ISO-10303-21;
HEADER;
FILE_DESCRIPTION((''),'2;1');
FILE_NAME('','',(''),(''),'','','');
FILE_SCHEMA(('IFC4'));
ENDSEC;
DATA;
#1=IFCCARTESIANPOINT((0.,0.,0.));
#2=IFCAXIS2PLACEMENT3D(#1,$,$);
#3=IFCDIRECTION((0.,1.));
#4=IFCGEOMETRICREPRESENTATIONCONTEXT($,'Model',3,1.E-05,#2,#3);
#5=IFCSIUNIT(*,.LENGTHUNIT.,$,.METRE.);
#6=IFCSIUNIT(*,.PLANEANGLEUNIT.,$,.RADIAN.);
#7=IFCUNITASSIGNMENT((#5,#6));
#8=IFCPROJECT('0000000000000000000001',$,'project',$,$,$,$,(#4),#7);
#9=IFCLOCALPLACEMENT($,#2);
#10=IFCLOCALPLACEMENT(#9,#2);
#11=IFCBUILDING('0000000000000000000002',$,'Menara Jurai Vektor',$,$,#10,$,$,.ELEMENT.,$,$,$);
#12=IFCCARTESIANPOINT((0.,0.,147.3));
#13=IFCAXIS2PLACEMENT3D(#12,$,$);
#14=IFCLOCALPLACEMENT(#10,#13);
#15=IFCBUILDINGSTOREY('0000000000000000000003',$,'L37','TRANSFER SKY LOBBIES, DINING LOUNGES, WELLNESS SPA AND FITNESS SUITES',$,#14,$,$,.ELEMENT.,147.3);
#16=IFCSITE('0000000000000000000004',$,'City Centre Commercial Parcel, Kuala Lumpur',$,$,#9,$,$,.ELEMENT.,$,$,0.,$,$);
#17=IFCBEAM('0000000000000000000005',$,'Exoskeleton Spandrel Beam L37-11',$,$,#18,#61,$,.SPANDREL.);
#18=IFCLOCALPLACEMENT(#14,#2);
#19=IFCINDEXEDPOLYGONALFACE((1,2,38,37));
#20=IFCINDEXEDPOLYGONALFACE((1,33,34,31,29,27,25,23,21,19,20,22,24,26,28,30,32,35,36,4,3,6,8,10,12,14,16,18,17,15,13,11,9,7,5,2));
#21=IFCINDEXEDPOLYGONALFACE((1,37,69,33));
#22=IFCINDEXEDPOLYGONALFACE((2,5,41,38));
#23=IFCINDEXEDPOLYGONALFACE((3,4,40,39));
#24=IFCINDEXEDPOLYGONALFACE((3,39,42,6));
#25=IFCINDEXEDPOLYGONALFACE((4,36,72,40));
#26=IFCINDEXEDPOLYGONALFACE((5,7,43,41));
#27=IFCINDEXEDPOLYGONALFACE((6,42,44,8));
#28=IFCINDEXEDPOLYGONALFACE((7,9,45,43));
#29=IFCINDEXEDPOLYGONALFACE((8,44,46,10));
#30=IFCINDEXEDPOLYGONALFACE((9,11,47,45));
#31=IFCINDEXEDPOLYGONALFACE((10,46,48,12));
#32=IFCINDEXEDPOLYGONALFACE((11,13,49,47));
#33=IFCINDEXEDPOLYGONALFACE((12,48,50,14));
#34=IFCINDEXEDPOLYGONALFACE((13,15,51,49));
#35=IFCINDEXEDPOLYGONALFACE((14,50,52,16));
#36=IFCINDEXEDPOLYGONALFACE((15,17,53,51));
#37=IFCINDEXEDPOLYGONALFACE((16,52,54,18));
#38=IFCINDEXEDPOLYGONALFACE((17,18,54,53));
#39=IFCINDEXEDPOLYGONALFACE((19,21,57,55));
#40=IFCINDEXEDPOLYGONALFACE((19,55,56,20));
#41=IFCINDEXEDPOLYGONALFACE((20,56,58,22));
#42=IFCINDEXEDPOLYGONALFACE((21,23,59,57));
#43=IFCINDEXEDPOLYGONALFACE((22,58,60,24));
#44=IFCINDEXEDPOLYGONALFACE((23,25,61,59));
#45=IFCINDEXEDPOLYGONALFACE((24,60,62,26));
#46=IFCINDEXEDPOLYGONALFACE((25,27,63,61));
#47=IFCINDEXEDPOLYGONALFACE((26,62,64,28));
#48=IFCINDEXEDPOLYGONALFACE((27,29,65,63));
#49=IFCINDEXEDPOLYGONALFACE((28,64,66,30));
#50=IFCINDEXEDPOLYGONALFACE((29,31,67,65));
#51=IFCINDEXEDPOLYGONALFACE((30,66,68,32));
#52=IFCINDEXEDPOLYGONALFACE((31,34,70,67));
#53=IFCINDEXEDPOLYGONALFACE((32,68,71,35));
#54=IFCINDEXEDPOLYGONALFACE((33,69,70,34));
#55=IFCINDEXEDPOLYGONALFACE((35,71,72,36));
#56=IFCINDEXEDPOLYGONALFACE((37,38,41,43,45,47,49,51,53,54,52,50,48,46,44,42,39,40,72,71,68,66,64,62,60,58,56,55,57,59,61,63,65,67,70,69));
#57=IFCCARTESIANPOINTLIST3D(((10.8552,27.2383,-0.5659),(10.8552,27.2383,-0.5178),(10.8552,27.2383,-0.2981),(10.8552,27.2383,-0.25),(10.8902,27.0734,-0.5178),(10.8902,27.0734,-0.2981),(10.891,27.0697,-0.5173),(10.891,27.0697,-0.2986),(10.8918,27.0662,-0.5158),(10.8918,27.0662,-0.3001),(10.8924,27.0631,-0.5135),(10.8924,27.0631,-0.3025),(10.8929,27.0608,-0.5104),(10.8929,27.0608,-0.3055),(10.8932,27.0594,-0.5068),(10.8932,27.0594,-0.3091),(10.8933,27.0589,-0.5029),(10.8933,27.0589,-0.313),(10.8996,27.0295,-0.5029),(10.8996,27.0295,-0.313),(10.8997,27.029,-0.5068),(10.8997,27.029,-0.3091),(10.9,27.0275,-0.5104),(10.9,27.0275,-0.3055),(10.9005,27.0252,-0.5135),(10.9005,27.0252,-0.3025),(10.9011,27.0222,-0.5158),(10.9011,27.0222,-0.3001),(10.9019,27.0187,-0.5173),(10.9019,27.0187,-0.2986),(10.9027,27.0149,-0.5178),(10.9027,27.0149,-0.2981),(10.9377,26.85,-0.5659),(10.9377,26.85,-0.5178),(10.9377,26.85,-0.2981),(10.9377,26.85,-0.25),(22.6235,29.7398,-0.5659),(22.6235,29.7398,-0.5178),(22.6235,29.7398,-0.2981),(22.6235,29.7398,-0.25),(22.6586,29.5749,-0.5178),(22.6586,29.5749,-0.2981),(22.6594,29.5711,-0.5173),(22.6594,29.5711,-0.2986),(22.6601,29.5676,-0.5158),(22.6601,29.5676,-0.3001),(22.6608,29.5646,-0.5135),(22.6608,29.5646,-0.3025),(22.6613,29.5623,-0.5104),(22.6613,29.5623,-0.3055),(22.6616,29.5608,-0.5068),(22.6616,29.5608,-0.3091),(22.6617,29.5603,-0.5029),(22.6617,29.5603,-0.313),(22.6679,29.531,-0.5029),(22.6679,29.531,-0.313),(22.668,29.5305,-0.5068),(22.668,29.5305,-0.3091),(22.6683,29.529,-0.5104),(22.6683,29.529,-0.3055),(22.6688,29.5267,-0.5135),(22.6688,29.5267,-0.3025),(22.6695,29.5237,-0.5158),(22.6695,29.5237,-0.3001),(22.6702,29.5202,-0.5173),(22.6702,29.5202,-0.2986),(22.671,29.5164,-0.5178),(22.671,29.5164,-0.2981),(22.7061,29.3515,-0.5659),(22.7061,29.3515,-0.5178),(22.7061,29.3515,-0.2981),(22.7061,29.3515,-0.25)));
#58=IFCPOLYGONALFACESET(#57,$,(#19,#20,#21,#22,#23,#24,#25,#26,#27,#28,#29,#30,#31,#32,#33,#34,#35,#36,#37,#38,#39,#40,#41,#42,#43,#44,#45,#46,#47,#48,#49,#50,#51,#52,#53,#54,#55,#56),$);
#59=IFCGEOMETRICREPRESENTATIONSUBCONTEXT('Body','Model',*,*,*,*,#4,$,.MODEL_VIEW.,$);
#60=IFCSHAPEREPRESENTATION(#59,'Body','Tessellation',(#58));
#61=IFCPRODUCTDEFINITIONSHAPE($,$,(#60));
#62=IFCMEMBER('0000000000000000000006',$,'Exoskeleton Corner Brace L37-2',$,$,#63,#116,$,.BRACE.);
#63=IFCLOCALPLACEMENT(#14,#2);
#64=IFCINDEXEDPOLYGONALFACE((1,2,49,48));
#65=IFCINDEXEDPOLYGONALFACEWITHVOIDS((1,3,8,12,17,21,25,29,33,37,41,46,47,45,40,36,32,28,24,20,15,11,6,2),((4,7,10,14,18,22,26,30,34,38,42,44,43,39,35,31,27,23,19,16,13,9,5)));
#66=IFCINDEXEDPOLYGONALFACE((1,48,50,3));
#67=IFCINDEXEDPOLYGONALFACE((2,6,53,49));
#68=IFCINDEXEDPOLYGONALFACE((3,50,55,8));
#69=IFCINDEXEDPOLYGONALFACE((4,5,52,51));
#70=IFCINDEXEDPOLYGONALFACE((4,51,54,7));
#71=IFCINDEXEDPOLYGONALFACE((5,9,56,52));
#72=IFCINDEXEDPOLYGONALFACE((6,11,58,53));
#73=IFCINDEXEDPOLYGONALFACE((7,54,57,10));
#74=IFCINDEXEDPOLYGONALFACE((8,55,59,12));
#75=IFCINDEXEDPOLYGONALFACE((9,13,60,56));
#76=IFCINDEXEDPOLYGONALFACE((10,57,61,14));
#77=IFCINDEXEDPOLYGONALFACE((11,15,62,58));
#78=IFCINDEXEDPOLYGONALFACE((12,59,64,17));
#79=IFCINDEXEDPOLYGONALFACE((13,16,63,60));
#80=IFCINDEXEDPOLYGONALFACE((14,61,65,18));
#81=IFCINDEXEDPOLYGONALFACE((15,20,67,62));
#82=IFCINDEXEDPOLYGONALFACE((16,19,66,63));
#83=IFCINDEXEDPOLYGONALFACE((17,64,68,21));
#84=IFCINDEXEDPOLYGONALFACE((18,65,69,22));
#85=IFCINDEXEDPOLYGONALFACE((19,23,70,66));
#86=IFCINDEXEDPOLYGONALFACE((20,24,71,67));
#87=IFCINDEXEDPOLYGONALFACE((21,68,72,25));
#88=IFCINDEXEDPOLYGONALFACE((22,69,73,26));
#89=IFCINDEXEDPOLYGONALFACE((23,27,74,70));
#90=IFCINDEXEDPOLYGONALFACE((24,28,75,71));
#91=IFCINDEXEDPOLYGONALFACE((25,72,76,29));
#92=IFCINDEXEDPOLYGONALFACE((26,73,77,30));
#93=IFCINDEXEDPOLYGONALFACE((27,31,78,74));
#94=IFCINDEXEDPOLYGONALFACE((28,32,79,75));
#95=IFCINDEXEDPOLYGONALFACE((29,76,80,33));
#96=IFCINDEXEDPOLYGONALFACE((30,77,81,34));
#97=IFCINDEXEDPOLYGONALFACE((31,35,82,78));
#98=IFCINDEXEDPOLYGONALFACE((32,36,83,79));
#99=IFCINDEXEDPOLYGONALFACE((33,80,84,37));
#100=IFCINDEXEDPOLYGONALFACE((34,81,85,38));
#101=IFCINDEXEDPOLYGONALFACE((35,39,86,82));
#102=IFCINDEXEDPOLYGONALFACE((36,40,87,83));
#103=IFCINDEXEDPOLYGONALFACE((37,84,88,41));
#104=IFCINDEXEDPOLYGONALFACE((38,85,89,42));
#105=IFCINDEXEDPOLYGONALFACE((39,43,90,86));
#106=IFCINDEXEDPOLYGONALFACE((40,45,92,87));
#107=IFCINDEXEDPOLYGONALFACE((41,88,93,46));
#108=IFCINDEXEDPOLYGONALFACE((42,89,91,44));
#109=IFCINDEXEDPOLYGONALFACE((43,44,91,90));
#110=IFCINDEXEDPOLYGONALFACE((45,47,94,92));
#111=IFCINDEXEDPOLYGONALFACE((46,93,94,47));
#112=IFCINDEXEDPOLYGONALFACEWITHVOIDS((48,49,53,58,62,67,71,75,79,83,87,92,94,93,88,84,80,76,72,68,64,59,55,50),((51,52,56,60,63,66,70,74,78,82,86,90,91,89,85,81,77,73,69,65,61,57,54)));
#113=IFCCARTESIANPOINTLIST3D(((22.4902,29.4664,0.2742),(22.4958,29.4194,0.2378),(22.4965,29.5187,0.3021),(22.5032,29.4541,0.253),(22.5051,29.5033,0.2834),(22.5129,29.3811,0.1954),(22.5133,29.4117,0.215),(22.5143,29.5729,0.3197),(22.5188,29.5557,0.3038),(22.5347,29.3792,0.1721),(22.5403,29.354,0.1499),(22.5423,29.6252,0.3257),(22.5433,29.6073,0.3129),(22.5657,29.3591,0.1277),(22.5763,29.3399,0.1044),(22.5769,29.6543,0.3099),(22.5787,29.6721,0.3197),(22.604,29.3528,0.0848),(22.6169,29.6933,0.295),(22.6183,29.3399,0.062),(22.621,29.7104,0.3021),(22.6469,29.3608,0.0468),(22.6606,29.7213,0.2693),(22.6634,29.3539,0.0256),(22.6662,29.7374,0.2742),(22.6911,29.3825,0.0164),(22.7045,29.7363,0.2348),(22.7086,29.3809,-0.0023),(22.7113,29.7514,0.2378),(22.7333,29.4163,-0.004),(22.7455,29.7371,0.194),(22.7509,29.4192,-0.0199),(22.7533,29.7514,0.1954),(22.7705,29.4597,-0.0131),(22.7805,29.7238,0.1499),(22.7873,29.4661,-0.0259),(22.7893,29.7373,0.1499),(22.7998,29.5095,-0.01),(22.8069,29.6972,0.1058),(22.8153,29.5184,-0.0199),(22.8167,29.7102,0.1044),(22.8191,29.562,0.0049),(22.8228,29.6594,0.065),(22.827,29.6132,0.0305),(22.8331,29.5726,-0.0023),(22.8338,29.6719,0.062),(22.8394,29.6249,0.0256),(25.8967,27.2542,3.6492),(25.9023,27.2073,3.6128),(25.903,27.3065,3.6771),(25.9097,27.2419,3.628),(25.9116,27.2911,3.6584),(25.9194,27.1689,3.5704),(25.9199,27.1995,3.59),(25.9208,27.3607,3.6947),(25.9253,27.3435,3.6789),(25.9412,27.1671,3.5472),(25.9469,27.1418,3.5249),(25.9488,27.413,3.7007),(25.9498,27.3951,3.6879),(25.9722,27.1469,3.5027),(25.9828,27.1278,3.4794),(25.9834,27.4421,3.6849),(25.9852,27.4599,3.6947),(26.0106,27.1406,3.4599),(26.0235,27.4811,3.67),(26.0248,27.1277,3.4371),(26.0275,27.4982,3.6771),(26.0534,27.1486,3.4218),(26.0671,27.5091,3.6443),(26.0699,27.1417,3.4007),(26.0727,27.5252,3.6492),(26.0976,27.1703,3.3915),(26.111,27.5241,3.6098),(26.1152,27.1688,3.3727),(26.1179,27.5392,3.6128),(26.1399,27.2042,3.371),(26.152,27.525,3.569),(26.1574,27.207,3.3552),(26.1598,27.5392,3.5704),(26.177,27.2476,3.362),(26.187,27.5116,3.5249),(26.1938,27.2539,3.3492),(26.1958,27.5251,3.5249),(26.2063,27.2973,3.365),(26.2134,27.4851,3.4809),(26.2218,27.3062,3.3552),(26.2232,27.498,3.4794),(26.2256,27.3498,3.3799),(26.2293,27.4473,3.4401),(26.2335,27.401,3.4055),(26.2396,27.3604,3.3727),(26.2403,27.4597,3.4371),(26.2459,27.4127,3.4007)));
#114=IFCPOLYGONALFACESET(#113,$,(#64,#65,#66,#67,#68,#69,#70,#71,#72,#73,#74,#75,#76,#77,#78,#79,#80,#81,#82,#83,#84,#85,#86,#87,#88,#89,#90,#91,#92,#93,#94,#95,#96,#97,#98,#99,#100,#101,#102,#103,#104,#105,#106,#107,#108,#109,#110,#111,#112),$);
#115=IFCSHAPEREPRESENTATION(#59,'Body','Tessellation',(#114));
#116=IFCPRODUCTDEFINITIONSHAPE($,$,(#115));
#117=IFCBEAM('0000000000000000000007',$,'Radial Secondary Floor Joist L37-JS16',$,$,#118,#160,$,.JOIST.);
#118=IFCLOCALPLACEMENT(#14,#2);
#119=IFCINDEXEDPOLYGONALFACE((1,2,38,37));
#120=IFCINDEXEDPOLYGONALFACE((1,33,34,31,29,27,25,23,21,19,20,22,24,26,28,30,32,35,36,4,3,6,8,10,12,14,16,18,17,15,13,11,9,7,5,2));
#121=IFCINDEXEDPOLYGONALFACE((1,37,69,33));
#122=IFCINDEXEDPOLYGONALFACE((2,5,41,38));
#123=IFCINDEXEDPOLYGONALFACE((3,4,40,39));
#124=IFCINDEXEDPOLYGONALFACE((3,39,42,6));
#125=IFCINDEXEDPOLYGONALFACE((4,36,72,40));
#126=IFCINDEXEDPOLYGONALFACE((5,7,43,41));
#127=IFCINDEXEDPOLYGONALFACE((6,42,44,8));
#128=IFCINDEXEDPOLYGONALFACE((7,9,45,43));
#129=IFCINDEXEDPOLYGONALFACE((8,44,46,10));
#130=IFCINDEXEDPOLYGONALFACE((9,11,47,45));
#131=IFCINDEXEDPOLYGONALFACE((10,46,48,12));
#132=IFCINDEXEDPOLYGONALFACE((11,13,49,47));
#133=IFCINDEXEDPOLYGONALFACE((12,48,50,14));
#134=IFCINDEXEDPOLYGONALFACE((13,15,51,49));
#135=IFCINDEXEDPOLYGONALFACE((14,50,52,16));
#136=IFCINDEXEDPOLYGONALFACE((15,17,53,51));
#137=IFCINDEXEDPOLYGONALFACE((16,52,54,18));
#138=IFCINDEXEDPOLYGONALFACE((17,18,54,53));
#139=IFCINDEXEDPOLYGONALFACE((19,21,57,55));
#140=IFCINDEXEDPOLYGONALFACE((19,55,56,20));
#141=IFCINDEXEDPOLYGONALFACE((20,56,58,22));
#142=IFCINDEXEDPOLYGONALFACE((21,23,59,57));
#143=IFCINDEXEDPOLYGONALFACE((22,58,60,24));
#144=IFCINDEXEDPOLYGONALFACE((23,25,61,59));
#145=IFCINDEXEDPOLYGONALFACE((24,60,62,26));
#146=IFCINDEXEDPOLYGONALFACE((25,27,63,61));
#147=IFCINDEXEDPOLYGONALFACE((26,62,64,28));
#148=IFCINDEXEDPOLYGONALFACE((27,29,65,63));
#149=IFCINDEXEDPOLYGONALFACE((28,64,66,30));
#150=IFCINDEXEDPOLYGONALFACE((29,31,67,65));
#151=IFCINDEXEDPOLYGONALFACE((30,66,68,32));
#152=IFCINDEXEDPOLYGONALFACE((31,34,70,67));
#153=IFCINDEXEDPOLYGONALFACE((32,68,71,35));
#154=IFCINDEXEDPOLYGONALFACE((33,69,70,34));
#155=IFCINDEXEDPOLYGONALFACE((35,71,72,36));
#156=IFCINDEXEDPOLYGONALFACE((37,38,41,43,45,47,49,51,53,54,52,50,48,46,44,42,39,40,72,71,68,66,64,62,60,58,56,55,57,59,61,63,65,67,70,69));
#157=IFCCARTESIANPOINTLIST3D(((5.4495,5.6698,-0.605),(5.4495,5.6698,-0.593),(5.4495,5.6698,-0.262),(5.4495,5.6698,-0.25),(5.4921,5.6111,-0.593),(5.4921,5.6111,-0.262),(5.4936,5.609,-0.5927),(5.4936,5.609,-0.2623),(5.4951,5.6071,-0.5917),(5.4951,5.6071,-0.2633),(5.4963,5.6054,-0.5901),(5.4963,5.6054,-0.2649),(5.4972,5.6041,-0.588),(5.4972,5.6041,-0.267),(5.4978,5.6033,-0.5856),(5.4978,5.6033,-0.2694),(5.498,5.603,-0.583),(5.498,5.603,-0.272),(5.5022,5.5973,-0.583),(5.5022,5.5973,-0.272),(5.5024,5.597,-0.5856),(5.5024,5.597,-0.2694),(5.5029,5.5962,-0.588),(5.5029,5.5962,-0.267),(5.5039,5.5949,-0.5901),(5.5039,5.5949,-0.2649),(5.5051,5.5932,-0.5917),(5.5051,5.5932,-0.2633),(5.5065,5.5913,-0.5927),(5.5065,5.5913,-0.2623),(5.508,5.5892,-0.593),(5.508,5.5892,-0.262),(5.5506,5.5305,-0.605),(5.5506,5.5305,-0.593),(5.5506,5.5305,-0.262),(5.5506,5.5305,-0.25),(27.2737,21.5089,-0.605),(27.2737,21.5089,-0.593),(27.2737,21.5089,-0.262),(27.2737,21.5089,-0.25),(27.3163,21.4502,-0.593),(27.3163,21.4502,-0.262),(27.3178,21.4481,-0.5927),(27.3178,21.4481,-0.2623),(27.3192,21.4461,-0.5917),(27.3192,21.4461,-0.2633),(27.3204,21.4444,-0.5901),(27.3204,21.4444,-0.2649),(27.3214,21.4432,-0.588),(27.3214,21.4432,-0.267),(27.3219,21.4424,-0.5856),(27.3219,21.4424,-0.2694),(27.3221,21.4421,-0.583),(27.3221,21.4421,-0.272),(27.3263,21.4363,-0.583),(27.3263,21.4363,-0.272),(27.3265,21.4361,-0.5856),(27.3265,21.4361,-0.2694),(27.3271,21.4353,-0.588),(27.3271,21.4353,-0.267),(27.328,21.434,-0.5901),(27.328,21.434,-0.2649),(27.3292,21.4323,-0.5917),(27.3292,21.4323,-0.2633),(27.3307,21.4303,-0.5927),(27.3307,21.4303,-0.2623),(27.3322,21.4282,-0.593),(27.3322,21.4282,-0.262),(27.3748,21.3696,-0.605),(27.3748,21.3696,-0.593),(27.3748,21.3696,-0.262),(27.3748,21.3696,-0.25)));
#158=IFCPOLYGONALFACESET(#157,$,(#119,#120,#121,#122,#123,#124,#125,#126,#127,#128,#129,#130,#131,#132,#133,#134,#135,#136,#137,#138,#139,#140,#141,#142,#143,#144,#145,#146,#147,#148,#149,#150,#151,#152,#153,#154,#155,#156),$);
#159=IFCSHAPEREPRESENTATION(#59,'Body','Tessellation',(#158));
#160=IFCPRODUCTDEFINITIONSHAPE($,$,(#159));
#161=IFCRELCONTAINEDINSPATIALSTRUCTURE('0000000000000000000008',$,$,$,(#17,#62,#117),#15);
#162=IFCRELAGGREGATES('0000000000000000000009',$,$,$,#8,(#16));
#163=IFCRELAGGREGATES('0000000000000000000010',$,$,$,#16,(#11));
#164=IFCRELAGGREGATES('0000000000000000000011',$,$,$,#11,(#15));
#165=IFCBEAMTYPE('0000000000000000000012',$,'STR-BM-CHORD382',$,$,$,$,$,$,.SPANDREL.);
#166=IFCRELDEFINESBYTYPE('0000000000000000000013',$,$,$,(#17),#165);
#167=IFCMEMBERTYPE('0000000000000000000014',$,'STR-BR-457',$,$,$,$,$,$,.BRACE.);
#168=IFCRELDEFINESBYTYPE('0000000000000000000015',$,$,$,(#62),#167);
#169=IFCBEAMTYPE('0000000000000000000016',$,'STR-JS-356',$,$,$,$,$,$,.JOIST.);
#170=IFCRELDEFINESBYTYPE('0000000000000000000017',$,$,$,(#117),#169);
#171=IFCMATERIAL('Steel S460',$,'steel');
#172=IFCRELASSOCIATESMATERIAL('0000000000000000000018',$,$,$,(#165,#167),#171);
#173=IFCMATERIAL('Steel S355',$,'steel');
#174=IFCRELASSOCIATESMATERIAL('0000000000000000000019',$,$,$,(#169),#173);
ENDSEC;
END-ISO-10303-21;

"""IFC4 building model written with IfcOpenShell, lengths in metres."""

from ifc_helpers import new_model, si_unit, direction, frame, origin, origin_2d, place, context, subcontext, project, spatial, hollow_circle, i_section, extrude, material, material_profile, profile_set, type_object, element, save


model = new_model("IFC4")

# Units and contexts
model_context = context("Model", 3, precision=1e-05, world=origin(), true_north=direction((0.0, 1.0)))
body_context = subcontext(model_context, "Body", "Model", "MODEL_VIEW")
ifc_project = project(units=[si_unit("LENGTHUNIT", "METRE"), si_unit("PLANEANGLEUNIT", "RADIAN")], contexts=[model_context])

# Site, building, storey
site_placement = place(None, origin())
site = spatial("IfcSite", under=ifc_project, at=site_placement, Name="City Centre Commercial Parcel, Kuala Lumpur", CompositionType="ELEMENT", RefElevation=0.0)
building_placement = place(site_placement, origin())
building = spatial("IfcBuilding", under=site, at=building_placement, Name="Menara Jurai Vektor", CompositionType="ELEMENT")
storey_placement = place(building_placement, frame((0.0, 0.0, 147.3)))
storey = spatial("IfcBuildingStorey", under=building, at=storey_placement, Name="L37", Description="TRANSFER SKY LOBBIES, DINING LOUNGES, WELLNESS SPA AND FITNESS SUITES", CompositionType="ELEMENT", Elevation=147.3)

# Shared definitions
ifc_material_1 = material(Name="Steel S460", Category="steel")

# Beam
ifc_material_2 = material(Name="Steel S355", Category="steel")
ifc_material_profile_1 = material_profile(ifc_material_1, i_section(OverallWidth=0.397, OverallDepth=0.3159, WebThickness=0.03, FlangeThickness=0.0481, FilletRadius=0.0149, at=origin_2d()), Name="HD 400x382")
ifc_profile_set_1 = profile_set([ifc_material_profile_1], Name="Steel S460")
beam_type_1 = type_object("IfcBeamType", Name="STR-BM-CHORD382", PredefinedType="SPANDREL", material=ifc_profile_set_1)
beam_1_placement = place(storey_placement, frame((22.6648, 29.5457, -0.408), z_axis=(-0.978147, -0.207914, 0.0), x_axis=(0.207914, -0.978147, 0.0)))
element("IfcBeam", 1, at=beam_1_placement, inside=storey, type_object=beam_type_1, Name="Exoskeleton Spandrel Beam L37-11", PredefinedType="SPANDREL", context=body_context, shape_type="SweptSolid", body=[
    extrude(i_section(OverallWidth=0.397, OverallDepth=0.3159, WebThickness=0.03, FlangeThickness=0.0481, FilletRadius=0.0149, at=origin_2d()), origin(), (0.0, 0.0, 1.0), 12.0312),
])

# Member
ifc_material_profile_2 = material_profile(ifc_material_1, hollow_circle(Radius=0.2285, WallThickness=0.0161, at=origin_2d()), Name="CHS 457x16")
ifc_profile_set_2 = profile_set([ifc_material_profile_2], Name="Steel S460")
member_type_1 = type_object("IfcMemberType", Name="STR-BR-457", PredefinedType="BRACE", material=ifc_profile_set_2)
member_1_placement = place(storey_placement, frame((22.6648, 29.5457, 0.1499), z_axis=(0.645053, -0.418894, 0.639089), x_axis=(0.544631, 0.838676, 0.0)))
element("IfcMember", 2, at=member_1_placement, inside=storey, type_object=member_type_1, Name="Exoskeleton Corner Brace L37-2", PredefinedType="BRACE", context=body_context, shape_type="SweptSolid", body=[
    extrude(hollow_circle(Radius=0.2285, WallThickness=0.0161, at=origin_2d()), origin(), (0.0, 0.0, 1.0), 5.281),
])

# Beam
ifc_material_profile_3 = material_profile(ifc_material_2, i_section(OverallWidth=0.1721, OverallDepth=0.355, WebThickness=0.0071, FlangeThickness=0.012, FilletRadius=0.01, at=origin_2d()), Name="UKB 356x171x51")
ifc_profile_set_3 = profile_set([ifc_material_profile_3], Name="Steel S355")
beam_type_2 = type_object("IfcBeamType", Name="STR-JS-356", PredefinedType="JOIST", material=ifc_profile_set_3)
beam_2_placement = place(storey_placement, frame((27.3242, 21.4392, -0.4275), z_axis=(-0.809319, -0.58737, 0.0), x_axis=(0.58737, -0.809319, 0.0)))
element("IfcBeam", 3, at=beam_2_placement, inside=storey, type_object=beam_type_2, Name="Radial Secondary Floor Joist L37-JS16", PredefinedType="JOIST", context=body_context, shape_type="SweptSolid", body=[
    extrude(i_section(OverallWidth=0.1721, OverallDepth=0.355, WebThickness=0.0071, FlangeThickness=0.012, FilletRadius=0.01, at=origin_2d()), origin(), (0.0, 0.0, 1.0), 26.9661),
])

save(model, "model.ifc")
